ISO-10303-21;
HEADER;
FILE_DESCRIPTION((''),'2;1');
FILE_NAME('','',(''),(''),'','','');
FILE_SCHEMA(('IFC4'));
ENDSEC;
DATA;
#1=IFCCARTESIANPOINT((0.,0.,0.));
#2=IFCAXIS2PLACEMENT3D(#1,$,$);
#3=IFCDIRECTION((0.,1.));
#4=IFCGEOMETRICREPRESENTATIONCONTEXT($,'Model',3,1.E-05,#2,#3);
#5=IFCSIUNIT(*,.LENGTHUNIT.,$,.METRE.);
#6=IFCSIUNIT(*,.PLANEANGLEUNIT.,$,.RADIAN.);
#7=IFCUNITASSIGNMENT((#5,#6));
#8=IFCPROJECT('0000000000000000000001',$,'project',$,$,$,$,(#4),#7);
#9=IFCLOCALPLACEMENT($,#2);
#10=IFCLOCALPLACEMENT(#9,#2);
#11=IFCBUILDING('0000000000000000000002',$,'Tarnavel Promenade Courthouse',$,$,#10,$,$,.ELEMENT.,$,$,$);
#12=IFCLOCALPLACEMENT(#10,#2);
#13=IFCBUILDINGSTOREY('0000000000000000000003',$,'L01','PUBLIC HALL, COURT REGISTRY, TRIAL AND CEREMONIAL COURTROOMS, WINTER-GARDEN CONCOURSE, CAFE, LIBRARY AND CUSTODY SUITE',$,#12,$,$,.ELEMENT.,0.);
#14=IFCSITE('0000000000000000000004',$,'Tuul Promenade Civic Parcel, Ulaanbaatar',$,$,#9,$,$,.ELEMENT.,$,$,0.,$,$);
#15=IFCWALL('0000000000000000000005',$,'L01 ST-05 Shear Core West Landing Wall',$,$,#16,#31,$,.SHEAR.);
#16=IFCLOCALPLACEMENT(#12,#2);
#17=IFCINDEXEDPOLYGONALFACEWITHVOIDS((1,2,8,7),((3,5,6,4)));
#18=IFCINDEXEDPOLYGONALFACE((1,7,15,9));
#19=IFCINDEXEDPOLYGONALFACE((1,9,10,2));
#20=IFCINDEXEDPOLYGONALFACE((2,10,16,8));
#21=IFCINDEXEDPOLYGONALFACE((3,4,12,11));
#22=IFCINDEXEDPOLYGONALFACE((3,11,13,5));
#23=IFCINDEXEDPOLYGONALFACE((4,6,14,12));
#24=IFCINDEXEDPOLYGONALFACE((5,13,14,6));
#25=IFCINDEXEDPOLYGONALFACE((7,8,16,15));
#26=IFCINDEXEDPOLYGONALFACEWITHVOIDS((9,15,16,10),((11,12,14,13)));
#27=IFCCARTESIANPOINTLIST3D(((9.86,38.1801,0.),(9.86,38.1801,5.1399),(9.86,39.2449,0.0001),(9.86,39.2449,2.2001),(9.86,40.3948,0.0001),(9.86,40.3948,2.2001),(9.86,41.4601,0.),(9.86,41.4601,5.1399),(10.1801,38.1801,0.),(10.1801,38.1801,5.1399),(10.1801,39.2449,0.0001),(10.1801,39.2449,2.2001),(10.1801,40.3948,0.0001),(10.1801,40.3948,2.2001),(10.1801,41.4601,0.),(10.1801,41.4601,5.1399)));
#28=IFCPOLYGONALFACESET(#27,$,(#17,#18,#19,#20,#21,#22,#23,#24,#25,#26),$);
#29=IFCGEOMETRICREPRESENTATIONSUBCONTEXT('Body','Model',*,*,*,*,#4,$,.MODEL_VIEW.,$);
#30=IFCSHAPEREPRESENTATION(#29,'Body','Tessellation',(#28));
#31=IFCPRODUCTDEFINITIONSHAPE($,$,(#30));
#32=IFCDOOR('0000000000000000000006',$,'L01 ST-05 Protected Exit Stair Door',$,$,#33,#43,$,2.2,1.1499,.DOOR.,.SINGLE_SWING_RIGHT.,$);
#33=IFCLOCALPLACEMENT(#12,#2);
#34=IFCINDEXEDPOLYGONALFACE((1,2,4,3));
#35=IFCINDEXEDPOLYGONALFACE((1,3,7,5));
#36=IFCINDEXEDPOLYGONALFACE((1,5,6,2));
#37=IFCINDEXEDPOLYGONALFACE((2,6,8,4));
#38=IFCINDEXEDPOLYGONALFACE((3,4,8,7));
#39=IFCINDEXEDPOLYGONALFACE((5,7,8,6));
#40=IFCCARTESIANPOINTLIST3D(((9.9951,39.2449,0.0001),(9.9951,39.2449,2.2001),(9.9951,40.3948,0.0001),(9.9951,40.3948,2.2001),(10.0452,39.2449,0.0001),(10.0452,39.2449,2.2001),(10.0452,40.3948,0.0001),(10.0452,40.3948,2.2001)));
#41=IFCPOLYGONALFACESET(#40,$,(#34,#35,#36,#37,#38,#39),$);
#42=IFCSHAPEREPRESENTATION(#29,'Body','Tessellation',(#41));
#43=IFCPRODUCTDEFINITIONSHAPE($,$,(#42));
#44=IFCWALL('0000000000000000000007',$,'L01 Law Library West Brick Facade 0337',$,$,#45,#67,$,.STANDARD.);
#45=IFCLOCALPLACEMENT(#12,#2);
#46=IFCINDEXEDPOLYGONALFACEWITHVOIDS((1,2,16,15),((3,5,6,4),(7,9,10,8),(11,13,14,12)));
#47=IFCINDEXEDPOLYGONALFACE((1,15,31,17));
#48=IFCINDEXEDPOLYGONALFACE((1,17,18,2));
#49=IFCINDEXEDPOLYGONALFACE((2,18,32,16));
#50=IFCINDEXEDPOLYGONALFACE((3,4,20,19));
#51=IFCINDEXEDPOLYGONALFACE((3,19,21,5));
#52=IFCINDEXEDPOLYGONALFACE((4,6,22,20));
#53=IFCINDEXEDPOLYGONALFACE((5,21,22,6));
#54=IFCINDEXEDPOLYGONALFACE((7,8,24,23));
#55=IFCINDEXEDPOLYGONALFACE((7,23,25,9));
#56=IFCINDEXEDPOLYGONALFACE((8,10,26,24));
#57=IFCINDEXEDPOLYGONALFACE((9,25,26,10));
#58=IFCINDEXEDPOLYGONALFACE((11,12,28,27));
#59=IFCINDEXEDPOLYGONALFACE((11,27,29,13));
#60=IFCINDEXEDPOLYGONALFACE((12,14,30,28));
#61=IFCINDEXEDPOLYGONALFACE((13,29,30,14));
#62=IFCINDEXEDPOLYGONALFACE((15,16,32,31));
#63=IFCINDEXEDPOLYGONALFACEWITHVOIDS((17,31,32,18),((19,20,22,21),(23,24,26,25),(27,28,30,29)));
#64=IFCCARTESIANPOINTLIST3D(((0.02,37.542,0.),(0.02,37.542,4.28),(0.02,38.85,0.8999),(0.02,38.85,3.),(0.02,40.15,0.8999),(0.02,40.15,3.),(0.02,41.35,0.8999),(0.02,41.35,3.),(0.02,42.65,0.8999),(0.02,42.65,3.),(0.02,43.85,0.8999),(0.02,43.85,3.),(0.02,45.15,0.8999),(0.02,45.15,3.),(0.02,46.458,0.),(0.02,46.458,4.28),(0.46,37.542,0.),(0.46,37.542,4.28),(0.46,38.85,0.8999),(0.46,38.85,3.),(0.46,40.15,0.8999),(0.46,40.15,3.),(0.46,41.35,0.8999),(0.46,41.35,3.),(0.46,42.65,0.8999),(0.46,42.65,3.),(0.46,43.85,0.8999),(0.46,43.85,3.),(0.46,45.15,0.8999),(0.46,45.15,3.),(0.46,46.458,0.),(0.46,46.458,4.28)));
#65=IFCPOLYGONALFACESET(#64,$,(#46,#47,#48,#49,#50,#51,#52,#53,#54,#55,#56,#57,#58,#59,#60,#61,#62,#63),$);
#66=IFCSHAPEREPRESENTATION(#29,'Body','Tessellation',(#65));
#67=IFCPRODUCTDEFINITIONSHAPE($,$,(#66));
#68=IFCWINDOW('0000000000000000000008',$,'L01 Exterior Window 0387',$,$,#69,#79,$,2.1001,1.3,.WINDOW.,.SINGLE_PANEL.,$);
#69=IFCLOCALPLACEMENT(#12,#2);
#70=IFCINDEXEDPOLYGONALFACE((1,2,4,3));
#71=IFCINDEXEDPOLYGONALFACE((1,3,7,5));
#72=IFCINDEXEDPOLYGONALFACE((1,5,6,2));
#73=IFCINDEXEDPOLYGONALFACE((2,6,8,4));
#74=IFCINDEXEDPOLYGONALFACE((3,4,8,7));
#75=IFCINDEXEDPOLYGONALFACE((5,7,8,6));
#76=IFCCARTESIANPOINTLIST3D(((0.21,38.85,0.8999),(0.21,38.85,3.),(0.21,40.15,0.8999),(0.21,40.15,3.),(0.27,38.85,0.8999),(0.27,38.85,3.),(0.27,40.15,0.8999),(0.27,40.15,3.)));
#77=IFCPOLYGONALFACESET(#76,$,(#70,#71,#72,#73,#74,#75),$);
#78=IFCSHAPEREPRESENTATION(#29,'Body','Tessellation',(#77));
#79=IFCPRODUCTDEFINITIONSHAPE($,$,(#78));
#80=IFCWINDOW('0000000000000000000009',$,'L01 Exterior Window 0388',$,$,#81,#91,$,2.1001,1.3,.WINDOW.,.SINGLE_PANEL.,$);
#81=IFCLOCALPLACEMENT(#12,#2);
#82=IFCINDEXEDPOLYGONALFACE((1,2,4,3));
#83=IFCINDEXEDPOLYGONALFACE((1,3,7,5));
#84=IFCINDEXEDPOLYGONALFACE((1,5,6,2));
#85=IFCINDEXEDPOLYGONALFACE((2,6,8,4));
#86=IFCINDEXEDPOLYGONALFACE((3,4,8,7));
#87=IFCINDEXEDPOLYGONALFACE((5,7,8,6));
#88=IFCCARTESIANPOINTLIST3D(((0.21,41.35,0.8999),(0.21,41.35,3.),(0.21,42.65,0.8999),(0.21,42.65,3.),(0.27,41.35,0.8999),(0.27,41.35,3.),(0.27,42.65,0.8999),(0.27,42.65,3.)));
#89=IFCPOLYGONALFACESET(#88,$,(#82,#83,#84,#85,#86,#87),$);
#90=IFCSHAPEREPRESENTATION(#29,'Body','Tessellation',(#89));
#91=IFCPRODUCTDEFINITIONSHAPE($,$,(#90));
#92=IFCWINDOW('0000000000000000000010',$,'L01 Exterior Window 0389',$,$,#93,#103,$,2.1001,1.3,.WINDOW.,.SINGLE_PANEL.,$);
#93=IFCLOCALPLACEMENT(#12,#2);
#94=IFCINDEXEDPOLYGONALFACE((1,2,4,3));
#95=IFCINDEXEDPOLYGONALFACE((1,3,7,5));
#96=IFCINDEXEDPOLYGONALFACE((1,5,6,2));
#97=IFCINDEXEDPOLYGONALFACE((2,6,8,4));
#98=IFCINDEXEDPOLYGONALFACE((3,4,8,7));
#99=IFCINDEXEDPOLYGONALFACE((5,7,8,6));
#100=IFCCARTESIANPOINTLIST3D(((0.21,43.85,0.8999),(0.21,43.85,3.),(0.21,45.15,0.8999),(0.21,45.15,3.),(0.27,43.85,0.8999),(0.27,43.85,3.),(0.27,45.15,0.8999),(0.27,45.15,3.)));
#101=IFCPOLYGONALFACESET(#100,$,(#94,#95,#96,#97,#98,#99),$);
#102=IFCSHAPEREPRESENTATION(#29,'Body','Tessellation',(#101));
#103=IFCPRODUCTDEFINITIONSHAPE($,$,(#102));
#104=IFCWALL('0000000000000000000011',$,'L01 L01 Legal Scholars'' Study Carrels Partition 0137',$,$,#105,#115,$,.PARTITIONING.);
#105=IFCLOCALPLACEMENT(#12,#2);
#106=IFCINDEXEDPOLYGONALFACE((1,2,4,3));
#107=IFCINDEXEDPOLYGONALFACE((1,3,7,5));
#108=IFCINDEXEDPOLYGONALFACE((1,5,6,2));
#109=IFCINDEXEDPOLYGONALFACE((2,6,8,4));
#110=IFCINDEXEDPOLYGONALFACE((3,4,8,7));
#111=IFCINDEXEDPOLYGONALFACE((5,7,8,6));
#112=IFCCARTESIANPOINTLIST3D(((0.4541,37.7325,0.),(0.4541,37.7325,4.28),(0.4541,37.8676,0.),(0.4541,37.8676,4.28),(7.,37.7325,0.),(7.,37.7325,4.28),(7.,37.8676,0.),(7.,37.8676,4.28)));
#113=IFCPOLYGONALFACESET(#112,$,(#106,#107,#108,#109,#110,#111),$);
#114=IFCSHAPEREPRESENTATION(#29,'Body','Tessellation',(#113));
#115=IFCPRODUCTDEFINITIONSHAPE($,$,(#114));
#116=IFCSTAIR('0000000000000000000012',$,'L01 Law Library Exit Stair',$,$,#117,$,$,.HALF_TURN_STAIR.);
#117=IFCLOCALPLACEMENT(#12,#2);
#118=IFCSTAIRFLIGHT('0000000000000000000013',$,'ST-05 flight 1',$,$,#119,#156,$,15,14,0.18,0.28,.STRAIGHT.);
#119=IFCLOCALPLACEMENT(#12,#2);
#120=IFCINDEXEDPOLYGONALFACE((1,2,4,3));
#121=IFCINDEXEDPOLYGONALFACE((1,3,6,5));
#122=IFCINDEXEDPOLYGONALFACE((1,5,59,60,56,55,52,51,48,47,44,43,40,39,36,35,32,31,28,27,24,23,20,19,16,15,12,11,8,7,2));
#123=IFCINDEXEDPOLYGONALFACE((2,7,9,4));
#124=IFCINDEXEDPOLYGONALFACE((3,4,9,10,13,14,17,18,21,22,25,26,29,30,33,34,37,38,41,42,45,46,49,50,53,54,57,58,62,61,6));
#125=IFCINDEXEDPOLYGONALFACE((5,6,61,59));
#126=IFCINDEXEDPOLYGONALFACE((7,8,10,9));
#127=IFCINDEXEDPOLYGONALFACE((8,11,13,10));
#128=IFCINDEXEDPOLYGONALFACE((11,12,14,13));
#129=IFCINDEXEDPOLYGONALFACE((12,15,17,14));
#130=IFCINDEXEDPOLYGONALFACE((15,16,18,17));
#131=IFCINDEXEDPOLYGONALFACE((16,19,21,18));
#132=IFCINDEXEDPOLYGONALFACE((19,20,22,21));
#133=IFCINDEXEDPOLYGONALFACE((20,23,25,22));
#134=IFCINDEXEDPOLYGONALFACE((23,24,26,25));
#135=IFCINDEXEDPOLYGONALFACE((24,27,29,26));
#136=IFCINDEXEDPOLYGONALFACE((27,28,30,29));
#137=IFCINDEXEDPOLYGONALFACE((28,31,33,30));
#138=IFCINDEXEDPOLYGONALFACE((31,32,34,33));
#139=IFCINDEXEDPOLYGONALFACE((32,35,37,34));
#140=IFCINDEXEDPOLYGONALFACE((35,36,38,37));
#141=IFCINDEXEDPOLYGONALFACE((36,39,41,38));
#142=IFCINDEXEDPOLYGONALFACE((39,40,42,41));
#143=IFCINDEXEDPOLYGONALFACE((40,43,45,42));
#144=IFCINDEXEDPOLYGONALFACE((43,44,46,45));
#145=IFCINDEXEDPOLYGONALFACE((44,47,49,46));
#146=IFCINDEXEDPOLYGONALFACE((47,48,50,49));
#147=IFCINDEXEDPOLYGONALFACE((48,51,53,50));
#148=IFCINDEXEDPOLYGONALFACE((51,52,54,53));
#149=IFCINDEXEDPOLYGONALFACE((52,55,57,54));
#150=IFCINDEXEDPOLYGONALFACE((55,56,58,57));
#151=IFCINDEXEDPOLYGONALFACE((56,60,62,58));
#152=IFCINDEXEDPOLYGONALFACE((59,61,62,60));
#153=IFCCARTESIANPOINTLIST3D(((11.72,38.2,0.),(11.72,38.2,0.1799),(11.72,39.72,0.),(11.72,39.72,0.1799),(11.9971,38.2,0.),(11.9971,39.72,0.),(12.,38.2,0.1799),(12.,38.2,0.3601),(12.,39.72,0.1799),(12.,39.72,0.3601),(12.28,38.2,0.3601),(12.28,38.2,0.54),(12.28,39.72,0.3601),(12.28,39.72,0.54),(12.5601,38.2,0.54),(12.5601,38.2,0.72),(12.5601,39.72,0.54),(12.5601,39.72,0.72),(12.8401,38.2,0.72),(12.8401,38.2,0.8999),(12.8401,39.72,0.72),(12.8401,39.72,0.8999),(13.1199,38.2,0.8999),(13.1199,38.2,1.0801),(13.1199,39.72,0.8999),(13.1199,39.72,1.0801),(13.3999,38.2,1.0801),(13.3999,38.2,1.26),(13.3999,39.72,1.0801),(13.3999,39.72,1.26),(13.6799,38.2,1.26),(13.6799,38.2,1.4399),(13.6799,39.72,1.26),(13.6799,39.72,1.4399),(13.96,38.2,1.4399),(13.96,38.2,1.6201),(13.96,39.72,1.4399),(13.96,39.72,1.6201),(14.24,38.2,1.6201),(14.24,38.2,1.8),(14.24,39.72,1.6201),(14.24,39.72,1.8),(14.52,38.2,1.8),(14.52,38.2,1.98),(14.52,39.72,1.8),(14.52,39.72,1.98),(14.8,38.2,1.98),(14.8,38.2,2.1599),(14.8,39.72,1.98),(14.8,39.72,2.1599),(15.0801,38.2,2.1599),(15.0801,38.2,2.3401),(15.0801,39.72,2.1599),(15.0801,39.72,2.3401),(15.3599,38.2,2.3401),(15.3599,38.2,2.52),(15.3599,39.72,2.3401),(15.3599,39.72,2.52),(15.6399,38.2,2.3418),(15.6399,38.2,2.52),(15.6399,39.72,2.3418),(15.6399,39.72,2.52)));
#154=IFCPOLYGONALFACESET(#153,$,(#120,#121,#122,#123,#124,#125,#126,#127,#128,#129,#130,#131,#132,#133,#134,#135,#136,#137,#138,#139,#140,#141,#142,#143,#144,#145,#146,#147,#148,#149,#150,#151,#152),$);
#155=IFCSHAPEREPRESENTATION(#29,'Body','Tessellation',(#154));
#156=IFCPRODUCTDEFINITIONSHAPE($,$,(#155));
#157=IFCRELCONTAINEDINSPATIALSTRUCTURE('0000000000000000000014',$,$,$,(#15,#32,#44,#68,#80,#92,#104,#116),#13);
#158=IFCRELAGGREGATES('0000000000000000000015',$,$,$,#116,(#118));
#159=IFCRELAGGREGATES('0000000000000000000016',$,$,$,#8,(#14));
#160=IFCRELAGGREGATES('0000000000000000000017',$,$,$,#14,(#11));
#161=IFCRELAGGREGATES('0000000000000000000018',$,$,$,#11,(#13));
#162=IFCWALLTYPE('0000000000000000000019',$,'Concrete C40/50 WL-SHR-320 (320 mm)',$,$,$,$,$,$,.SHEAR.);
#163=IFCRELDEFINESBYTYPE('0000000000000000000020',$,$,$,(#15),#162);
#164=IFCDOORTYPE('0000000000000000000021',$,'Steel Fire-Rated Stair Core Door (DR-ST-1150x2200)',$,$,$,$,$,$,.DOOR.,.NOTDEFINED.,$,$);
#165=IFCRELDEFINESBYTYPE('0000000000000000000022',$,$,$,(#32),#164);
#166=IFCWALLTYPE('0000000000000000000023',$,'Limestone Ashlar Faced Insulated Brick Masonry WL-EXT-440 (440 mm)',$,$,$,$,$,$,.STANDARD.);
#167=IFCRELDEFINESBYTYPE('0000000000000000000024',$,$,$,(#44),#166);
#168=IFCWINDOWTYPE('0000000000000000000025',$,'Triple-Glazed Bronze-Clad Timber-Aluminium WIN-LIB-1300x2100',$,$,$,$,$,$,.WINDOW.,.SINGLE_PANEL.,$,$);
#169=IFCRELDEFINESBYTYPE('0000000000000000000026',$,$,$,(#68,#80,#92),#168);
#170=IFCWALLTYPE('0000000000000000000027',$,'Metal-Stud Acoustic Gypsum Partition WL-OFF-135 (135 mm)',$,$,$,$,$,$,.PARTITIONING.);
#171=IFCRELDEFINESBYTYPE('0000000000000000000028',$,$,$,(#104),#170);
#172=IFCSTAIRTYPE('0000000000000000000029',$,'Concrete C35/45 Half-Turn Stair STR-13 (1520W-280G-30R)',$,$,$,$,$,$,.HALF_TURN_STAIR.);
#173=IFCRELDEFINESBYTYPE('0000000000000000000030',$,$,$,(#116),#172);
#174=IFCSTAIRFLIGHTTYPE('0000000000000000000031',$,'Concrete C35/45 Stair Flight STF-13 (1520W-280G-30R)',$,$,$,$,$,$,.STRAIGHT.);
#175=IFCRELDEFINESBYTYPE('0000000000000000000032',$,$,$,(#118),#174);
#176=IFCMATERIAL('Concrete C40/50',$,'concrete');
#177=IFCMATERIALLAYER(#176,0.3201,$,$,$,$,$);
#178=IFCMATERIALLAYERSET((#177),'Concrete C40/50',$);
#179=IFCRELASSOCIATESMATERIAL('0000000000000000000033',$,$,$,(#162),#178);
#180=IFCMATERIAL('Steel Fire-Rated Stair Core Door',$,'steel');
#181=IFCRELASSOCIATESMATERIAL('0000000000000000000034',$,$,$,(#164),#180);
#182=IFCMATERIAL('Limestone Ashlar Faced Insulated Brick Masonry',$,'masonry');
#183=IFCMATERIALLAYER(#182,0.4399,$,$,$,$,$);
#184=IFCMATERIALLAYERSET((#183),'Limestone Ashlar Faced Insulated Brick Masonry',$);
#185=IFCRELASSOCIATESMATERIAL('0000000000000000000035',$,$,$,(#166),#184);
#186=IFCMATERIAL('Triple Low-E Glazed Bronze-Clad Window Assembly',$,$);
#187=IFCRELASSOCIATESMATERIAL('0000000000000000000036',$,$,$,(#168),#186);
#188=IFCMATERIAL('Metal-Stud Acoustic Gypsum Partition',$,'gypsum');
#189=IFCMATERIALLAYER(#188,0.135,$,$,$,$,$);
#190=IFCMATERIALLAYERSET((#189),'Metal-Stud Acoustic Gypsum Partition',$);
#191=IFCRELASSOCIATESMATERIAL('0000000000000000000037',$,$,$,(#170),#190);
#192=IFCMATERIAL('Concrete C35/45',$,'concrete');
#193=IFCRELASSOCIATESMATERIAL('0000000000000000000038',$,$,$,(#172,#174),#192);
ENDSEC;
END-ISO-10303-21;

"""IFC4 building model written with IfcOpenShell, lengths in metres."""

from ifc_helpers import new_model, si_unit, direction, frame, frame_2d, origin, place, context, subcontext, project, spatial, polyline, rectangle, outline, extrude, material, layer, layer_set, type_object, element, fill, aggregate, save


model = new_model("IFC4")

# Units and contexts
model_context = context("Model", 3, precision=1e-05, world=origin(), true_north=direction((0.0, 1.0)))
body_context = subcontext(model_context, "Body", "Model", "MODEL_VIEW")
ifc_project = project(units=[si_unit("LENGTHUNIT", "METRE"), si_unit("PLANEANGLEUNIT", "RADIAN")], contexts=[model_context])

# Site, building, storey
site_placement = place(None, origin())
site = spatial("IfcSite", under=ifc_project, at=site_placement, Name="Tuul Promenade Civic Parcel, Ulaanbaatar", CompositionType="ELEMENT", RefElevation=0.0)
building_placement = place(site_placement, origin())
building = spatial("IfcBuilding", under=site, at=building_placement, Name="Tarnavel Promenade Courthouse", CompositionType="ELEMENT")
storey_placement = place(building_placement, origin())
storey = spatial("IfcBuildingStorey", under=building, at=storey_placement, Name="L01", Description="PUBLIC HALL, COURT REGISTRY, TRIAL AND CEREMONIAL COURTROOMS, WINTER-GARDEN CONCOURSE, CAFE, LIBRARY AND CUSTODY SUITE", CompositionType="ELEMENT", Elevation=0.0)

# Shared definitions
ifc_material_1 = material(Name="Concrete C40/50", Category="concrete")

# Shared definitions
ifc_layer_1 = layer(ifc_material_1, 0.3201)
ifc_layer_set_1 = layer_set([ifc_layer_1], Name="Concrete C40/50")
wall_type_1 = type_object("IfcWallType", Name="Concrete C40/50 WL-SHR-320 (320 mm)", PredefinedType="SHEAR", material=ifc_layer_set_1)

# Wall, opening, door
wall_1_placement = place(storey_placement, frame((10.02, 38.1799, 0.0), z_axis=(0.0, 0.0, 1.0), x_axis=(0.0, 1.0, 0.0)))
wall_1 = element("IfcWall", 1, at=wall_1_placement, inside=storey, type_object=wall_type_1, Name="L01 ST-05 Shear Core West Landing Wall", PredefinedType="SHEAR", context=body_context, shape_type="SweptSolid", body=[
    extrude(rectangle(XDim=3.28, YDim=0.3201, at=frame_2d((1.6401, 0.0))), origin(), (0.0, 0.0, 1.0), 5.1399),
])
opening_1_placement = place(wall_1_placement, frame((1.0649, 0.0, 0.0)))
opening_1 = element("IfcOpeningElement", 2, at=opening_1_placement, cuts=wall_1, PredefinedType="OPENING", context=body_context, shape_type="SweptSolid", body=[
    extrude(rectangle(XDim=1.1499, YDim=2.2, at=frame_2d((0.575, 1.1001))), frame((0.0, 0.1699, 0.0), z_axis=(0.0, -1.0, 0.0), x_axis=(1.0, 0.0, 0.0)), (0.0, 0.0, 1.0), 0.3401),
])
ifc_material_2 = material(Name="Steel Fire-Rated Stair Core Door", Category="steel")
door_type = type_object("IfcDoorType", Name="Steel Fire-Rated Stair Core Door (DR-ST-1150x2200)", OperationType="NOTDEFINED", PredefinedType="DOOR", material=ifc_material_2)
door_placement = place(opening_1_placement, origin())
door = element("IfcDoor", 3, at=door_placement, inside=storey, type_object=door_type, Name="L01 ST-05 Protected Exit Stair Door", OperationType="SINGLE_SWING_RIGHT", OverallHeight=2.2, OverallWidth=1.1499, PredefinedType="DOOR", context=body_context, shape_type="SweptSolid", body=[
    extrude(rectangle(XDim=1.1499, YDim=2.2, at=frame_2d((0.575, 1.1001))), frame((0.0, 0.0249, 0.0), z_axis=(0.0, -1.0, 0.0), x_axis=(1.0, 0.0, 0.0)), (0.0, 0.0, 1.0), 0.05),
])
fill(opening_1, door)

# Wall, openings, windows
ifc_material_3 = material(Name="Limestone Ashlar Faced Insulated Brick Masonry", Category="masonry")
ifc_layer_2 = layer(ifc_material_3, 0.4399)
ifc_layer_set_2 = layer_set([ifc_layer_2], Name="Limestone Ashlar Faced Insulated Brick Masonry")
wall_type_2 = type_object("IfcWallType", Name="Limestone Ashlar Faced Insulated Brick Masonry WL-EXT-440 (440 mm)", PredefinedType="STANDARD", material=ifc_layer_set_2)
wall_2_placement = place(storey_placement, frame((0.24, 37.542, 0.0), z_axis=(0.0, 0.0, 1.0), x_axis=(0.0, 1.0, 0.0)))
wall_2 = element("IfcWall", 4, at=wall_2_placement, inside=storey, type_object=wall_type_2, Name="L01 Law Library West Brick Facade 0337", PredefinedType="STANDARD", context=body_context, shape_type="SweptSolid", body=[
    extrude(rectangle(XDim=8.916, YDim=0.4399, at=frame_2d((4.458, 0.0))), origin(), (0.0, 0.0, 1.0), 4.28),
])
opening_2_placement = place(wall_2_placement, frame((1.3081, 0.0, 0.8999)))
opening_2 = element("IfcOpeningElement", 5, at=opening_2_placement, cuts=wall_2, PredefinedType="OPENING", context=body_context, shape_type="SweptSolid", body=[
    extrude(rectangle(XDim=1.3, YDim=2.1001, at=frame_2d((0.6499, 1.05))), frame((0.0, 0.23, 0.0), z_axis=(0.0, -1.0, 0.0), x_axis=(1.0, 0.0, 0.0)), (0.0, 0.0, 1.0), 0.46),
])
opening_3_placement = place(wall_2_placement, frame((3.8081, 0.0, 0.8999)))
opening_3 = element("IfcOpeningElement", 6, at=opening_3_placement, cuts=wall_2, PredefinedType="OPENING", context=body_context, shape_type="SweptSolid", body=[
    extrude(rectangle(XDim=1.3, YDim=2.1001, at=frame_2d((0.6499, 1.05))), frame((0.0, 0.23, 0.0), z_axis=(0.0, -1.0, 0.0), x_axis=(1.0, 0.0, 0.0)), (0.0, 0.0, 1.0), 0.46),
])
opening_4_placement = place(wall_2_placement, frame((6.3081, 0.0, 0.8999)))
opening_4 = element("IfcOpeningElement", 7, at=opening_4_placement, cuts=wall_2, PredefinedType="OPENING", context=body_context, shape_type="SweptSolid", body=[
    extrude(rectangle(XDim=1.3, YDim=2.1001, at=frame_2d((0.6499, 1.05))), frame((0.0, 0.23, 0.0), z_axis=(0.0, -1.0, 0.0), x_axis=(1.0, 0.0, 0.0)), (0.0, 0.0, 1.0), 0.46),
])
ifc_material_4 = material(Name="Triple Low-E Glazed Bronze-Clad Window Assembly")
window_type = type_object("IfcWindowType", Name="Triple-Glazed Bronze-Clad Timber-Aluminium WIN-LIB-1300x2100", PartitioningType="SINGLE_PANEL", PredefinedType="WINDOW", material=ifc_material_4)
window_1_placement = place(opening_2_placement, origin())
window_1 = element("IfcWindow", 8, at=window_1_placement, inside=storey, type_object=window_type, Name="L01 Exterior Window 0387", OverallHeight=2.1001, OverallWidth=1.3, PartitioningType="SINGLE_PANEL", PredefinedType="WINDOW", context=body_context, shape_type="SweptSolid", body=[
    extrude(rectangle(XDim=1.3, YDim=2.1001, at=frame_2d((0.6499, 1.05))), frame((0.0, 0.03, 0.0), z_axis=(0.0, -1.0, 0.0), x_axis=(1.0, 0.0, 0.0)), (0.0, 0.0, 1.0), 0.0601),
])
fill(opening_2, window_1)
window_2_placement = place(opening_3_placement, origin())
window_2 = element("IfcWindow", 9, at=window_2_placement, inside=storey, type_object=window_type, Name="L01 Exterior Window 0388", OverallHeight=2.1001, OverallWidth=1.3, PartitioningType="SINGLE_PANEL", PredefinedType="WINDOW", context=body_context, shape_type="SweptSolid", body=[
    extrude(rectangle(XDim=1.3, YDim=2.1001, at=frame_2d((0.6499, 1.05))), frame((0.0, 0.03, 0.0), z_axis=(0.0, -1.0, 0.0), x_axis=(1.0, 0.0, 0.0)), (0.0, 0.0, 1.0), 0.0601),
])
fill(opening_3, window_2)
window_3_placement = place(opening_4_placement, origin())
window_3 = element("IfcWindow", 10, at=window_3_placement, inside=storey, type_object=window_type, Name="L01 Exterior Window 0389", OverallHeight=2.1001, OverallWidth=1.3, PartitioningType="SINGLE_PANEL", PredefinedType="WINDOW", context=body_context, shape_type="SweptSolid", body=[
    extrude(rectangle(XDim=1.3, YDim=2.1001, at=frame_2d((0.6499, 1.05))), frame((0.0, 0.03, 0.0), z_axis=(0.0, -1.0, 0.0), x_axis=(1.0, 0.0, 0.0)), (0.0, 0.0, 1.0), 0.0601),
])
fill(opening_4, window_3)

# Wall
ifc_material_5 = material(Name="Metal-Stud Acoustic Gypsum Partition", Category="gypsum")
ifc_layer_3 = layer(ifc_material_5, 0.135)
ifc_layer_set_3 = layer_set([ifc_layer_3], Name="Metal-Stud Acoustic Gypsum Partition")
wall_type_3 = type_object("IfcWallType", Name="Metal-Stud Acoustic Gypsum Partition WL-OFF-135 (135 mm)", PredefinedType="PARTITIONING", material=ifc_layer_set_3)
wall_3_placement = place(storey_placement, frame((7.0, 37.8, 0.0), z_axis=(0.0, 0.0, 1.0), x_axis=(-1.0, 0.0, 0.0)))
element("IfcWall", 11, at=wall_3_placement, inside=storey, type_object=wall_type_3, Name="L01 L01 Legal Scholars' Study Carrels Partition 0137", PredefinedType="PARTITIONING", context=body_context, shape_type="SweptSolid", body=[
    extrude(rectangle(XDim=6.5459, YDim=0.135, at=frame_2d((3.2729, 0.0))), origin(), (0.0, 0.0, 1.0), 4.28),
])

# Stair, stair flight
ifc_material_6 = material(Name="Concrete C35/45", Category="concrete")
stair_type = type_object("IfcStairType", Name="Concrete C35/45 Half-Turn Stair STR-13 (1520W-280G-30R)", PredefinedType="HALF_TURN_STAIR", material=ifc_material_6)
stair_placement = place(storey_placement, origin())
stair = element("IfcStair", 12, at=stair_placement, inside=storey, type_object=stair_type, Name="L01 Law Library Exit Stair", PredefinedType="HALF_TURN_STAIR")
stair_flight_type = type_object("IfcStairFlightType", Name="Concrete C35/45 Stair Flight STF-13 (1520W-280G-30R)", PredefinedType="STRAIGHT", material=ifc_material_6)
stair_flight_placement = place(storey_placement, frame((11.72, 38.96, 0.0), z_axis=(0.0, 0.0, 1.0), x_axis=(1.0, 0.0, 0.0)))
stair_flight = element("IfcStairFlight", 13, at=stair_flight_placement, type_object=stair_flight_type, Name="ST-05 flight 1", NumberOfRisers=15, NumberOfTreads=14, PredefinedType="STRAIGHT", RiserHeight=0.18, TreadLength=0.28, context=body_context, shape_type="SweptSolid", body=[
    extrude(outline(polyline([(0.0, 0.0), (0.0, 0.1799), (0.28, 0.1799), (0.28, 0.3601), (0.5601, 0.3601), (0.5601, 0.54), (0.8401, 0.54), (0.8401, 0.72), (1.1201, 0.72), (1.1201, 0.8999), (1.3999, 0.8999), (1.3999, 1.0801), (1.6799, 1.0801), (1.6799, 1.26), (1.96, 1.26), (1.96, 1.4399), (2.24, 1.4399), (2.24, 1.6201), (2.52, 1.6201), (2.52, 1.8), (2.8, 1.8), (2.8, 1.98), (3.0801, 1.98), (3.0801, 2.1599), (3.3601, 2.1599), (3.3601, 2.3401), (3.6399, 2.3401), (3.6399, 2.52), (3.9199, 2.52), (3.9199, 2.7), (3.9199, 2.3418), (0.2771, 0.0), (0.0, 0.0)])), frame((0.0, 0.76, 0.0), z_axis=(0.0, -1.0, 0.0), x_axis=(1.0, 0.0, 0.0)), (0.0, 0.0, 1.0), 1.52),
])
aggregate(stair, [stair_flight])

save(model, "model.ifc")
